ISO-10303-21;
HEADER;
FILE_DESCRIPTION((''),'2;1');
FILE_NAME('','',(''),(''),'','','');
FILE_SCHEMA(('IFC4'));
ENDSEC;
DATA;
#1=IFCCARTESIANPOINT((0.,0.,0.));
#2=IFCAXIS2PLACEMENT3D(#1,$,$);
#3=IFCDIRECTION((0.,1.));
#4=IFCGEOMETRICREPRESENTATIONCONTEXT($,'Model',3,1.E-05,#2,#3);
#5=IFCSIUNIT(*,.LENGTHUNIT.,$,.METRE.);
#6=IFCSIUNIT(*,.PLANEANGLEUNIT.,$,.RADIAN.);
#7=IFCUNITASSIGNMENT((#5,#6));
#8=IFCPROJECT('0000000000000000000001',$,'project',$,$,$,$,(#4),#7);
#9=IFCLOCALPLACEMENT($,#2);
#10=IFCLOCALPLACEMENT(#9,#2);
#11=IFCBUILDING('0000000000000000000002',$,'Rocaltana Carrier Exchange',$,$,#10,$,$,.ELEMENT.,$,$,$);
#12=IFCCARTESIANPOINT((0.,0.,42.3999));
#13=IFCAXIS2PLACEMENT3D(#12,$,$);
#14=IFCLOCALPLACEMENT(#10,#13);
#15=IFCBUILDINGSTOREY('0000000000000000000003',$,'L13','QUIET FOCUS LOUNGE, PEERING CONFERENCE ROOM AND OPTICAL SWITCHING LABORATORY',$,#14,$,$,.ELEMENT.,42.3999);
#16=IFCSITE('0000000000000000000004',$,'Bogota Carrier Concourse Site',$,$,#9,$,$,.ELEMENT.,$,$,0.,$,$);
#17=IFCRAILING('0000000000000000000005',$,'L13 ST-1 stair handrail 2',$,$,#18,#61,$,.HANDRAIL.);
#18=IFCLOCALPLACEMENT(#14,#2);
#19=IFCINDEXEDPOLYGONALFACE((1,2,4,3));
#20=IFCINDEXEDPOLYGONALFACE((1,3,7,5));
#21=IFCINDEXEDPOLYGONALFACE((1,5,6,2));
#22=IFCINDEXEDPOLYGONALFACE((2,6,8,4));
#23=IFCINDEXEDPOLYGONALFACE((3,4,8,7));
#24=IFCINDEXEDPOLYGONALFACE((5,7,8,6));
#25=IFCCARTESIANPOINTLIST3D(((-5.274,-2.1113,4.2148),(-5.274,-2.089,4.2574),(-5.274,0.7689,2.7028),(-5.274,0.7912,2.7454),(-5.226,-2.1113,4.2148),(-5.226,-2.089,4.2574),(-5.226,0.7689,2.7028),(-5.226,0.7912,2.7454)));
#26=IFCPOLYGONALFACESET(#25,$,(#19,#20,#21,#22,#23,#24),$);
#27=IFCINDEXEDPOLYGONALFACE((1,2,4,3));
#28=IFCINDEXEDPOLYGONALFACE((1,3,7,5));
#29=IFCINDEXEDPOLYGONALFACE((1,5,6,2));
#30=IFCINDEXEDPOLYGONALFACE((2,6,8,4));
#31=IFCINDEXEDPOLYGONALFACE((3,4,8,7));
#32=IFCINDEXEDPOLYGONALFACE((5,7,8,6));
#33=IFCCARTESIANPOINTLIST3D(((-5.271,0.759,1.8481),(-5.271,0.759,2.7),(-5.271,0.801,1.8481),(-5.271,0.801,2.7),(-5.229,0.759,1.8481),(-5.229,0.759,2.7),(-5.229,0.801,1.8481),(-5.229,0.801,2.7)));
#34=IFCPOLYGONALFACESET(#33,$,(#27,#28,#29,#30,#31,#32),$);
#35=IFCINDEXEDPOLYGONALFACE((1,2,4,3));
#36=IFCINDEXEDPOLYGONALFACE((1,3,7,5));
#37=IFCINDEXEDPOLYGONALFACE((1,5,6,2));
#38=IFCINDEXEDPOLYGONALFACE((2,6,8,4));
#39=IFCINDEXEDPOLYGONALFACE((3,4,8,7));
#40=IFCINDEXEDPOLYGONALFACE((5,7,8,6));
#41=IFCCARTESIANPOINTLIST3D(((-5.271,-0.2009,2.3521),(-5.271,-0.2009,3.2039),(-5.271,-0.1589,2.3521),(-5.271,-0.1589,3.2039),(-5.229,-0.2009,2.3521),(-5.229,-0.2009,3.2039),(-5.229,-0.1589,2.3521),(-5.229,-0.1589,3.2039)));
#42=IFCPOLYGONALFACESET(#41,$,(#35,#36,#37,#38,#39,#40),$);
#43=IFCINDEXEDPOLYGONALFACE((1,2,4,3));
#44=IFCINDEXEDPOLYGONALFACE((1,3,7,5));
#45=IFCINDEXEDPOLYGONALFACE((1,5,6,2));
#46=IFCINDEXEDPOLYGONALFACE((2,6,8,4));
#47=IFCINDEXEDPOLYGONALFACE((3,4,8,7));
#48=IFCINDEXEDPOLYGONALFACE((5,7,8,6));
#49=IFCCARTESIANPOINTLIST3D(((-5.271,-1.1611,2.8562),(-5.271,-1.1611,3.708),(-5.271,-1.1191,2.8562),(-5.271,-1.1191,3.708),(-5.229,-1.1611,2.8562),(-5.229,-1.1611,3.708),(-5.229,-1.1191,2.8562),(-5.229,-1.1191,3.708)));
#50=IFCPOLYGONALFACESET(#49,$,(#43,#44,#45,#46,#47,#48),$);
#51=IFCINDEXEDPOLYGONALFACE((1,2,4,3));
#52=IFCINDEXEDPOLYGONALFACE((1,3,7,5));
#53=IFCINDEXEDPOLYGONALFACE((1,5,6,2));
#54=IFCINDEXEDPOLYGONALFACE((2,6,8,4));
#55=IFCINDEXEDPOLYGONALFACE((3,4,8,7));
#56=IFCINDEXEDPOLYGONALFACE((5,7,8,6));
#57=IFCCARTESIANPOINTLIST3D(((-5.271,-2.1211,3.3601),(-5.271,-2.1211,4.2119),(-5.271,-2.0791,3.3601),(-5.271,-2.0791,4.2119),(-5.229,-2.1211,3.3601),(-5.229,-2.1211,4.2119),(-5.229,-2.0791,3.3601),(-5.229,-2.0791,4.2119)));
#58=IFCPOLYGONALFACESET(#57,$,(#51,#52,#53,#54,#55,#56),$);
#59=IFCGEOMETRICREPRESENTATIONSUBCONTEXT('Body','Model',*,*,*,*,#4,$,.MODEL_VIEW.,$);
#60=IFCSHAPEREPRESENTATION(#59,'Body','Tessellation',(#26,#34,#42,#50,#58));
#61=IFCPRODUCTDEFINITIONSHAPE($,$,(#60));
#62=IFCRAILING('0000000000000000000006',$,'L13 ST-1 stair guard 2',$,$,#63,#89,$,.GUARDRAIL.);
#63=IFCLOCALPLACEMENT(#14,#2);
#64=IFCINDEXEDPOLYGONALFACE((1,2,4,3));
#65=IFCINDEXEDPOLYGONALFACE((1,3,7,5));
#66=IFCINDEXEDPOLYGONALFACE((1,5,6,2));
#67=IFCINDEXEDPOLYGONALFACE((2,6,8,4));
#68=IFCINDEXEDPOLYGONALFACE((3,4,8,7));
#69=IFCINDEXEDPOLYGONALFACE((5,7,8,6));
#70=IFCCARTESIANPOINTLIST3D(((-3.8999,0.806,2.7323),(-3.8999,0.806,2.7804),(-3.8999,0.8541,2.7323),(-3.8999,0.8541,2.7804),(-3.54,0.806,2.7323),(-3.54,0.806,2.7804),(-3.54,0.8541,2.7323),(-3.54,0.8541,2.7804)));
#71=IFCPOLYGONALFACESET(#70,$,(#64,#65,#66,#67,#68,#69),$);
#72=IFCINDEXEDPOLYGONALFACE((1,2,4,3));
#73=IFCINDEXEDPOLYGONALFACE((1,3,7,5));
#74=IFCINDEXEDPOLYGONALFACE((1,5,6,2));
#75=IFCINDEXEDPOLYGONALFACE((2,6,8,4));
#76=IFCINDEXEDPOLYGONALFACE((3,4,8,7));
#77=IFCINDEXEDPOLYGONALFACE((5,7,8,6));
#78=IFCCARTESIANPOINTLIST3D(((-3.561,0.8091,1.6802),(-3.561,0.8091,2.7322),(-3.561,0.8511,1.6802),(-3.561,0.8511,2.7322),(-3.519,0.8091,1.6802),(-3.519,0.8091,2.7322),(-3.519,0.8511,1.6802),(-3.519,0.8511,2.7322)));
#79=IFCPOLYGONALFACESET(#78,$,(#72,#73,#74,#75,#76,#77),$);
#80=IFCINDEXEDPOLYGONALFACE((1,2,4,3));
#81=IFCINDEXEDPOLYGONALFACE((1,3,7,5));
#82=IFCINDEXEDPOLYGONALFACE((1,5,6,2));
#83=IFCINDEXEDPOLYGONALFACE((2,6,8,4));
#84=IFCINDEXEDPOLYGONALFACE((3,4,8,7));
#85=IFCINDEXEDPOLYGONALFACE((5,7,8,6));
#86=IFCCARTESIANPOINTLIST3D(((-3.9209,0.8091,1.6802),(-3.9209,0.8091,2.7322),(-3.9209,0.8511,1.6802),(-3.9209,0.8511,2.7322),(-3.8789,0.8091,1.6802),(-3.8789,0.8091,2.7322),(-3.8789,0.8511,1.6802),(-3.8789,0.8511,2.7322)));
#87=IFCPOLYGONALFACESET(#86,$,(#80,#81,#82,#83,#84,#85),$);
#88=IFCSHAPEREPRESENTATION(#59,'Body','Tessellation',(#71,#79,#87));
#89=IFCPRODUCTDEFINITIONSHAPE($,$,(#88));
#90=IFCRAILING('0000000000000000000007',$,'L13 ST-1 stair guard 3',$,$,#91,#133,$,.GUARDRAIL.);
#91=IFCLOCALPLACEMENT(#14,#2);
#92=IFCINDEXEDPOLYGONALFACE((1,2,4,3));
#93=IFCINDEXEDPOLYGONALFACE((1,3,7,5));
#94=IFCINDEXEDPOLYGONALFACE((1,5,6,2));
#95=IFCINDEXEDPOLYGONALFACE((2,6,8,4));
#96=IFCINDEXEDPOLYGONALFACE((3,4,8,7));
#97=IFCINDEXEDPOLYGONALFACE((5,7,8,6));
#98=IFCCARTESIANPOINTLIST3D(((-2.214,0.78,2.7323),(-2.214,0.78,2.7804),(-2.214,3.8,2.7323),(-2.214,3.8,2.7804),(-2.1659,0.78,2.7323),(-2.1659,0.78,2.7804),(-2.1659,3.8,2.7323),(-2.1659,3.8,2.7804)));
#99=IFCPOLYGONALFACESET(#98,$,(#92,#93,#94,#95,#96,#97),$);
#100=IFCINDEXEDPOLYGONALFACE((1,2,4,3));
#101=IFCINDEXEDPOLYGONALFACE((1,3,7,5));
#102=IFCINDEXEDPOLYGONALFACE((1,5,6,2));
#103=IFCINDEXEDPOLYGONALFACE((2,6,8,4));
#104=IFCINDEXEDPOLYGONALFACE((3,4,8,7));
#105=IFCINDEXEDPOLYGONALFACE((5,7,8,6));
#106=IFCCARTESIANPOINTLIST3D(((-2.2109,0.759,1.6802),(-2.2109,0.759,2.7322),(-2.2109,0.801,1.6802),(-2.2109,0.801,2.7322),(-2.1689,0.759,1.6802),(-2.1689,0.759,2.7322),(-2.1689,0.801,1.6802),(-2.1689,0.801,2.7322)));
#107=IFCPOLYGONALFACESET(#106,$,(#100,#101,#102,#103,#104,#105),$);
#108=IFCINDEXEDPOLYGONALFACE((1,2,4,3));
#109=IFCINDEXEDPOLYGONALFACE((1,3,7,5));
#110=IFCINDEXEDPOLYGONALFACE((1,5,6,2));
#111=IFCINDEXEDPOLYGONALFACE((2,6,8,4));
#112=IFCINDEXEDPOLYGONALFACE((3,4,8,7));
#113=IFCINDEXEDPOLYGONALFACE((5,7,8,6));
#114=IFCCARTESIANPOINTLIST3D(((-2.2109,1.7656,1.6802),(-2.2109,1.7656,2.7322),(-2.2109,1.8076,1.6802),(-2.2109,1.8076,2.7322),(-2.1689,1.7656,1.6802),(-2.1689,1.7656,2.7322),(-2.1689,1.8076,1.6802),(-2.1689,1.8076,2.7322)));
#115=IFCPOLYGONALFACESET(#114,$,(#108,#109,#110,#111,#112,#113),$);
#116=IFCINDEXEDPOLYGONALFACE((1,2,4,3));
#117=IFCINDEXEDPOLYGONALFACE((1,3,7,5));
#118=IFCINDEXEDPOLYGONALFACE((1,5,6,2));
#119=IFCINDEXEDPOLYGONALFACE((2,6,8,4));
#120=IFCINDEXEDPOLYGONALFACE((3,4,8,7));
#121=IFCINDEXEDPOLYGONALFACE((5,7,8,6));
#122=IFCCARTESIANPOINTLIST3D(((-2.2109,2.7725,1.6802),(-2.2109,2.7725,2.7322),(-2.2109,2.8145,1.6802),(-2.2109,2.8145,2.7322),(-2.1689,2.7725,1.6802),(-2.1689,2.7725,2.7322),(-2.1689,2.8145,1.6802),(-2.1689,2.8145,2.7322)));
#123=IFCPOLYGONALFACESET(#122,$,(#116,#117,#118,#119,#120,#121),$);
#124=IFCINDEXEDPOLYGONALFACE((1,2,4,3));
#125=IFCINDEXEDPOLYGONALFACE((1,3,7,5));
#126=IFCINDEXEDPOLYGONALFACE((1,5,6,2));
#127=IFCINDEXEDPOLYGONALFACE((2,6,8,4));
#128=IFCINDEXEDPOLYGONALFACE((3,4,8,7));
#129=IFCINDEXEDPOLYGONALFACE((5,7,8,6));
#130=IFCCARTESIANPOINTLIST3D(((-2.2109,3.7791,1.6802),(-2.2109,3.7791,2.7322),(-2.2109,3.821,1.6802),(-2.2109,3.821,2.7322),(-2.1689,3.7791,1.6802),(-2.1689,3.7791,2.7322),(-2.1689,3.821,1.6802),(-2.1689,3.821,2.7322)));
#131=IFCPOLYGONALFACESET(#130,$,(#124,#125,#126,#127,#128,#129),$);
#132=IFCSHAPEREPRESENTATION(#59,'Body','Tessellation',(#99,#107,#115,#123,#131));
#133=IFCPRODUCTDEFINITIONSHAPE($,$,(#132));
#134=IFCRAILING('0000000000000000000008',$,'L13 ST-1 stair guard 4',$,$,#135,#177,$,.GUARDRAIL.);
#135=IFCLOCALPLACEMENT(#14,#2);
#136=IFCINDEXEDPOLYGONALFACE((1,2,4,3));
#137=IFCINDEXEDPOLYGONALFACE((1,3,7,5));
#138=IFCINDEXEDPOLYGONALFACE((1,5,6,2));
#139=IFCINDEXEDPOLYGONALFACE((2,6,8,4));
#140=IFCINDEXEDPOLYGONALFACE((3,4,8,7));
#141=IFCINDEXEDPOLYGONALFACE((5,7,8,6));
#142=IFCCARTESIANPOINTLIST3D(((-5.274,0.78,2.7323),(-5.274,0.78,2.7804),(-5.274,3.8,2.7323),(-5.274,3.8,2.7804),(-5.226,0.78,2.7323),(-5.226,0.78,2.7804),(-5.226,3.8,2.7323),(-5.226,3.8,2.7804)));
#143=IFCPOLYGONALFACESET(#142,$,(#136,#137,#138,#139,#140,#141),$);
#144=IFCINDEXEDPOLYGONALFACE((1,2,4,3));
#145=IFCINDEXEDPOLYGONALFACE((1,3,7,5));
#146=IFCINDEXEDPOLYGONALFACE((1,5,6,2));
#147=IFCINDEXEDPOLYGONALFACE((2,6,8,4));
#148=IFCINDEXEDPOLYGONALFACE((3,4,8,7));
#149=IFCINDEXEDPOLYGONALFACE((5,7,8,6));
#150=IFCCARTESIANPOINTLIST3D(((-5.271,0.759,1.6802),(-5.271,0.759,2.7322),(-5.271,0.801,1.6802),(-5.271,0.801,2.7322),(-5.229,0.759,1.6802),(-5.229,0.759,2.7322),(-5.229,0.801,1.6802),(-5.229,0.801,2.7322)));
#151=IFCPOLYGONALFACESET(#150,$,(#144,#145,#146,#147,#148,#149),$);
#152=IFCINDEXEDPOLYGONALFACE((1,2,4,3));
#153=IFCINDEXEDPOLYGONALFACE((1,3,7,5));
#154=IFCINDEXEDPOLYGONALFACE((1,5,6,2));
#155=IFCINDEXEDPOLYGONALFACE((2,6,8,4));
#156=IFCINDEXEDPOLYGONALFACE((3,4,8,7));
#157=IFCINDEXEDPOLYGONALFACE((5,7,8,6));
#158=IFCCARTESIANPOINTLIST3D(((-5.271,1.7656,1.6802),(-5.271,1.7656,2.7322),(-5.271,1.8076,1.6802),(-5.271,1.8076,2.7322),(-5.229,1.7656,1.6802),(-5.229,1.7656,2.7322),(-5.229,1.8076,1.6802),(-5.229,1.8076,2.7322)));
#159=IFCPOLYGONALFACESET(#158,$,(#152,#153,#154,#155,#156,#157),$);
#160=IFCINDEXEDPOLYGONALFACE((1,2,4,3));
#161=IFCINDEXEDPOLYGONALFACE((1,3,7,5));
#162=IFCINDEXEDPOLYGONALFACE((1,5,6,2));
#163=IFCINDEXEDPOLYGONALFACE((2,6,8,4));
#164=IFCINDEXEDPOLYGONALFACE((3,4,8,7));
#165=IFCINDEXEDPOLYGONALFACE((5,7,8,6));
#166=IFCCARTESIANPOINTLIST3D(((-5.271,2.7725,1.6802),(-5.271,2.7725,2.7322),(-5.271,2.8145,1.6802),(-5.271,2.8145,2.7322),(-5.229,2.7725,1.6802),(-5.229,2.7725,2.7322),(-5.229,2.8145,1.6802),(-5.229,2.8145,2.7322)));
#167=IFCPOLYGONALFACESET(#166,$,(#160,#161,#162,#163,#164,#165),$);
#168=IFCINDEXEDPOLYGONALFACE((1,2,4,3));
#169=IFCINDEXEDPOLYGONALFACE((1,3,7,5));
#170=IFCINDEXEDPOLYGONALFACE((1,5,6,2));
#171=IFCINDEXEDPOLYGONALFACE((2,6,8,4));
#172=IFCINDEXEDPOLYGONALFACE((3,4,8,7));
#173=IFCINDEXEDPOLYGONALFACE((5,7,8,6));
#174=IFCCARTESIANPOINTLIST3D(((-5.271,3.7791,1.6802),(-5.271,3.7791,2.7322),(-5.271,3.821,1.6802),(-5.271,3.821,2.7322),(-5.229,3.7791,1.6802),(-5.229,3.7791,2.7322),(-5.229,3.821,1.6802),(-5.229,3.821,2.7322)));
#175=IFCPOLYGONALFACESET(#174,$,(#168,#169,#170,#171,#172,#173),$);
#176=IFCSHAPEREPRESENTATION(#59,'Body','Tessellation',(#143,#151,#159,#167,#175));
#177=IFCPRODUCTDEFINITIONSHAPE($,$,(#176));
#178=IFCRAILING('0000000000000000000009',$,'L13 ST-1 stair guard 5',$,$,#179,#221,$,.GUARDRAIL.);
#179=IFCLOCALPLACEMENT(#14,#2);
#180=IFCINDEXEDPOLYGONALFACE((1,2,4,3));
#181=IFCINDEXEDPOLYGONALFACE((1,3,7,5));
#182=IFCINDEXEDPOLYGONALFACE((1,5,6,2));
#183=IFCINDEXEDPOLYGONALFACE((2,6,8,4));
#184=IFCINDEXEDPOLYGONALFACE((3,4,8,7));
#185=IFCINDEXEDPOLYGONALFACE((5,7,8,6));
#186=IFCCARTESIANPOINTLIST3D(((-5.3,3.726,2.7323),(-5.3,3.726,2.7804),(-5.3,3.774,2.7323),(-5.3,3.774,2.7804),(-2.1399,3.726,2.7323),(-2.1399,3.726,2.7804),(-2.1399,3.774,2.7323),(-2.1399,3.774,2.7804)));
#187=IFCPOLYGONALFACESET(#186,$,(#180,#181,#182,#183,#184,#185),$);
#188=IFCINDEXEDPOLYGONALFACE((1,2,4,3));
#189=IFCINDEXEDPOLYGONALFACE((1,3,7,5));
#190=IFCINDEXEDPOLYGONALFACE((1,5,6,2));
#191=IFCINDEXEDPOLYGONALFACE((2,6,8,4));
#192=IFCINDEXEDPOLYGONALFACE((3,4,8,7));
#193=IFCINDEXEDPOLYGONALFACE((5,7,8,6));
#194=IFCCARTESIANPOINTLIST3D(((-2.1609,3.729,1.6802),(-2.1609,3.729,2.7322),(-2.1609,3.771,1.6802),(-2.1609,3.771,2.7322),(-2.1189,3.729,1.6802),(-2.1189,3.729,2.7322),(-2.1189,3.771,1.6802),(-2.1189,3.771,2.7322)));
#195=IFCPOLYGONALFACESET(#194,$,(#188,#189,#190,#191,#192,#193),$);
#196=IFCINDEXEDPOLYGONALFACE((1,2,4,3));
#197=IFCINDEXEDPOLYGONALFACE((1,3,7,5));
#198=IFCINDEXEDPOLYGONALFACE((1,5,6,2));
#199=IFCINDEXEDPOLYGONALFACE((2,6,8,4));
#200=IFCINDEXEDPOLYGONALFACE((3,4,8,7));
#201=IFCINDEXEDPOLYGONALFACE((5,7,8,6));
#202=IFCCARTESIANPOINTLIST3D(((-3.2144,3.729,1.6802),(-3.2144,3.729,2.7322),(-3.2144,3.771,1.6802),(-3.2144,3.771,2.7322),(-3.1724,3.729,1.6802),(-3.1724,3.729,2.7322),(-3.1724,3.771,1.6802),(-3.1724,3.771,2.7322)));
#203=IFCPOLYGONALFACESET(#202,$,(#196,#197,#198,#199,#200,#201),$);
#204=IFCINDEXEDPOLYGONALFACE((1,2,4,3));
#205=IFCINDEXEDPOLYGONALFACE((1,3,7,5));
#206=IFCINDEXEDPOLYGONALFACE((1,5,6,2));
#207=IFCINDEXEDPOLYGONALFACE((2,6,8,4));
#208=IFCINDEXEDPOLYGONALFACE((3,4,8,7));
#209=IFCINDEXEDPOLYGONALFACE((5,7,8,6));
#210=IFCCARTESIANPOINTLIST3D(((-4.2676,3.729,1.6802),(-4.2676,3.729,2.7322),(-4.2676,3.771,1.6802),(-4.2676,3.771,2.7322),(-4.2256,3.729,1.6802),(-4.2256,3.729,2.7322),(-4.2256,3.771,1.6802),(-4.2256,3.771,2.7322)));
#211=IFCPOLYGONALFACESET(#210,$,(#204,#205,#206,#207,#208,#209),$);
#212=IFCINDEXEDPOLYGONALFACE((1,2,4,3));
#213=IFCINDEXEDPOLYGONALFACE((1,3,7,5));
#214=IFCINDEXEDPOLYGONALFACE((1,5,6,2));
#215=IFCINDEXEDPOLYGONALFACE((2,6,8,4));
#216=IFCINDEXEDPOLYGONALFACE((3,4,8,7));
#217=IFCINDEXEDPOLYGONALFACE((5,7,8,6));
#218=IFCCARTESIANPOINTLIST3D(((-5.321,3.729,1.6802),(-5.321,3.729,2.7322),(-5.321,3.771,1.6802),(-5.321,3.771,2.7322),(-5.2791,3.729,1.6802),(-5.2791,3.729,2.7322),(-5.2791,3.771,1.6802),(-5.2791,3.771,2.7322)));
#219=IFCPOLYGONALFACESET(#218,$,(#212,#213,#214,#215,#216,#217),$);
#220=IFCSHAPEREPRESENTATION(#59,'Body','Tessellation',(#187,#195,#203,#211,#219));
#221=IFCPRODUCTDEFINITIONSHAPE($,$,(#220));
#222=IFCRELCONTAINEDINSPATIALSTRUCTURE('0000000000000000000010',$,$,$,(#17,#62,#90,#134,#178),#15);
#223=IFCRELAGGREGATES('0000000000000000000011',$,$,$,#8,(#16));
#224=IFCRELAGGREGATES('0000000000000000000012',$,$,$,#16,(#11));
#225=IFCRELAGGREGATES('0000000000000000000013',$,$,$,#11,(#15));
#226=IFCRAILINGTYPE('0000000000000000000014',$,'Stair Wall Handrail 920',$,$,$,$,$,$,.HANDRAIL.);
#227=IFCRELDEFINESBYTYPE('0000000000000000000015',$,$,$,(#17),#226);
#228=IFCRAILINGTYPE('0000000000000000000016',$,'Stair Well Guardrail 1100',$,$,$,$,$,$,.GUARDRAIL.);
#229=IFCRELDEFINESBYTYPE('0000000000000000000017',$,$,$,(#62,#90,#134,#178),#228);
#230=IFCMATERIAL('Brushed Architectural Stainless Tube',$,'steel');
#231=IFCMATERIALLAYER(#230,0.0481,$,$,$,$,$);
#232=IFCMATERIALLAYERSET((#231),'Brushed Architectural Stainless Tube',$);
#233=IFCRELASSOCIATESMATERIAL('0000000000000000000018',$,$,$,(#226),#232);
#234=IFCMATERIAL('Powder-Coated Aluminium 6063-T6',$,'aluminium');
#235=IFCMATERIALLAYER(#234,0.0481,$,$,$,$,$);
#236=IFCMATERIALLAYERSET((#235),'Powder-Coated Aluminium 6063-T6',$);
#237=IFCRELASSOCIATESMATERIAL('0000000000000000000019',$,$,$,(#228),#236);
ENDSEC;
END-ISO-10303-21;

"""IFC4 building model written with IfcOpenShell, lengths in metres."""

from ifc_helpers import new_model, si_unit, direction, frame, origin, origin_2d, place, context, subcontext, project, spatial, rectangle, extrude, material, layer, layer_set, type_object, element, save


model = new_model("IFC4")

# Units and contexts
model_context = context("Model", 3, precision=1e-05, world=origin(), true_north=direction((0.0, 1.0)))
body_context = subcontext(model_context, "Body", "Model", "MODEL_VIEW")
ifc_project = project(units=[si_unit("LENGTHUNIT", "METRE"), si_unit("PLANEANGLEUNIT", "RADIAN")], contexts=[model_context])

# Site, building, storey
site_placement = place(None, origin())
site = spatial("IfcSite", under=ifc_project, at=site_placement, Name="Bogota Carrier Concourse Site", CompositionType="ELEMENT", RefElevation=0.0)
building_placement = place(site_placement, origin())
building = spatial("IfcBuilding", under=site, at=building_placement, Name="Rocaltana Carrier Exchange", CompositionType="ELEMENT")
storey_placement = place(building_placement, frame((0.0, 0.0, 42.3999)))
storey = spatial("IfcBuildingStorey", under=building, at=storey_placement, Name="L13", Description="QUIET FOCUS LOUNGE, PEERING CONFERENCE ROOM AND OPTICAL SWITCHING LABORATORY", CompositionType="ELEMENT", Elevation=42.3999)

# Railings
ifc_material_1 = material(Name="Brushed Architectural Stainless Tube", Category="steel")
ifc_layer_1 = layer(ifc_material_1, 0.0481)
ifc_layer_set_1 = layer_set([ifc_layer_1], Name="Brushed Architectural Stainless Tube")
railing_type_1 = type_object("IfcRailingType", Name="Stair Wall Handrail 920", PredefinedType="HANDRAIL", material=ifc_layer_set_1)
railing_1_placement = place(storey_placement, frame((-5.25, 0.78, 1.8481)))
element("IfcRailing", 1, at=railing_1_placement, inside=storey, type_object=railing_type_1, Name="L13 ST-1 stair handrail 2", PredefinedType="HANDRAIL", context=body_context, shape_type="SweptSolid", body=[
    extrude(rectangle(XDim=0.0481, YDim=0.0481, at=origin_2d()), frame((0.0, 0.0, 0.876), z_axis=(0.0, -0.885411, 0.464809), x_axis=(1.0, 0.0, 0.0)), (0.0, 0.0, 1.0), 3.2529),
    extrude(rectangle(XDim=0.042, YDim=0.042, at=origin_2d()), origin(), (0.0, 0.0, 1.0), 0.8518),
    extrude(rectangle(XDim=0.042, YDim=0.042, at=origin_2d()), frame((0.0, -0.96, 0.5039)), (0.0, 0.0, 1.0), 0.8518),
    extrude(rectangle(XDim=0.042, YDim=0.042, at=origin_2d()), frame((0.0, -1.9202, 1.0081)), (0.0, 0.0, 1.0), 0.8518),
    extrude(rectangle(XDim=0.042, YDim=0.042, at=origin_2d()), frame((0.0, -2.8801, 1.512)), (0.0, 0.0, 1.0), 0.8518),
])
ifc_material_2 = material(Name="Powder-Coated Aluminium 6063-T6", Category="aluminium")
ifc_layer_2 = layer(ifc_material_2, 0.0481)
ifc_layer_set_2 = layer_set([ifc_layer_2], Name="Powder-Coated Aluminium 6063-T6")
railing_type_2 = type_object("IfcRailingType", Name="Stair Well Guardrail 1100", PredefinedType="GUARDRAIL", material=ifc_layer_set_2)
railing_2_placement = place(storey_placement, frame((-3.54, 0.8301, 1.6802)))
element("IfcRailing", 2, at=railing_2_placement, inside=storey, type_object=railing_type_2, Name="L13 ST-1 stair guard 2", PredefinedType="GUARDRAIL", context=body_context, shape_type="SweptSolid", body=[
    extrude(rectangle(XDim=0.0481, YDim=0.0481, at=origin_2d()), frame((0.0, 0.0, 1.0762), z_axis=(-1.0, 0.0, 0.0), x_axis=(0.0, -1.0, 0.0)), (0.0, 0.0, 1.0), 0.3599),
    extrude(rectangle(XDim=0.042, YDim=0.042, at=origin_2d()), origin(), (0.0, 0.0, 1.0), 1.052),
    extrude(rectangle(XDim=0.042, YDim=0.042, at=origin_2d()), frame((-0.3599, 0.0, 0.0)), (0.0, 0.0, 1.0), 1.052),
])
for number, where, name in (
    (3, (-2.1899, 0.78, 1.6802), "L13 ST-1 stair guard 3"),
    (4, (-5.25, 0.78, 1.6802), "L13 ST-1 stair guard 4"),
):
    element("IfcRailing", number, at=place(storey_placement, frame(where)), inside=storey, type_object=railing_type_2, Name=name, PredefinedType="GUARDRAIL", context=body_context, shape_type="SweptSolid", body=[
        extrude(rectangle(XDim=0.0481, YDim=0.0481, at=origin_2d()), frame((0.0, 0.0, 1.0762), z_axis=(0.0, 1.0, 0.0), x_axis=(-1.0, 0.0, 0.0)), (0.0, 0.0, 1.0), 3.02),
        extrude(rectangle(XDim=0.042, YDim=0.042, at=origin_2d()), origin(), (0.0, 0.0, 1.0), 1.052),
        extrude(rectangle(XDim=0.042, YDim=0.042, at=origin_2d()), frame((0.0, 1.0066, 0.0)), (0.0, 0.0, 1.0), 1.052),
        extrude(rectangle(XDim=0.042, YDim=0.042, at=origin_2d()), frame((0.0, 2.0134, 0.0)), (0.0, 0.0, 1.0), 1.052),
        extrude(rectangle(XDim=0.042, YDim=0.042, at=origin_2d()), frame((0.0, 3.02, 0.0)), (0.0, 0.0, 1.0), 1.052),
    ])
railing_3_placement = place(storey_placement, frame((-2.1399, 3.75, 1.6802)))
element("IfcRailing", 5, at=railing_3_placement, inside=storey, type_object=railing_type_2, Name="L13 ST-1 stair guard 5", PredefinedType="GUARDRAIL", context=body_context, shape_type="SweptSolid", body=[
    extrude(rectangle(XDim=0.0481, YDim=0.0481, at=origin_2d()), frame((0.0, 0.0, 1.0762), z_axis=(-1.0, 0.0, 0.0), x_axis=(0.0, -1.0, 0.0)), (0.0, 0.0, 1.0), 3.1602),
    extrude(rectangle(XDim=0.042, YDim=0.042, at=origin_2d()), origin(), (0.0, 0.0, 1.0), 1.052),
    extrude(rectangle(XDim=0.042, YDim=0.042, at=origin_2d()), frame((-1.0535, 0.0, 0.0)), (0.0, 0.0, 1.0), 1.052),
    extrude(rectangle(XDim=0.042, YDim=0.042, at=origin_2d()), frame((-2.1067, 0.0, 0.0)), (0.0, 0.0, 1.0), 1.052),
    extrude(rectangle(XDim=0.042, YDim=0.042, at=origin_2d()), frame((-3.1602, 0.0, 0.0)), (0.0, 0.0, 1.0), 1.052),
])

save(model, "model.ifc")
